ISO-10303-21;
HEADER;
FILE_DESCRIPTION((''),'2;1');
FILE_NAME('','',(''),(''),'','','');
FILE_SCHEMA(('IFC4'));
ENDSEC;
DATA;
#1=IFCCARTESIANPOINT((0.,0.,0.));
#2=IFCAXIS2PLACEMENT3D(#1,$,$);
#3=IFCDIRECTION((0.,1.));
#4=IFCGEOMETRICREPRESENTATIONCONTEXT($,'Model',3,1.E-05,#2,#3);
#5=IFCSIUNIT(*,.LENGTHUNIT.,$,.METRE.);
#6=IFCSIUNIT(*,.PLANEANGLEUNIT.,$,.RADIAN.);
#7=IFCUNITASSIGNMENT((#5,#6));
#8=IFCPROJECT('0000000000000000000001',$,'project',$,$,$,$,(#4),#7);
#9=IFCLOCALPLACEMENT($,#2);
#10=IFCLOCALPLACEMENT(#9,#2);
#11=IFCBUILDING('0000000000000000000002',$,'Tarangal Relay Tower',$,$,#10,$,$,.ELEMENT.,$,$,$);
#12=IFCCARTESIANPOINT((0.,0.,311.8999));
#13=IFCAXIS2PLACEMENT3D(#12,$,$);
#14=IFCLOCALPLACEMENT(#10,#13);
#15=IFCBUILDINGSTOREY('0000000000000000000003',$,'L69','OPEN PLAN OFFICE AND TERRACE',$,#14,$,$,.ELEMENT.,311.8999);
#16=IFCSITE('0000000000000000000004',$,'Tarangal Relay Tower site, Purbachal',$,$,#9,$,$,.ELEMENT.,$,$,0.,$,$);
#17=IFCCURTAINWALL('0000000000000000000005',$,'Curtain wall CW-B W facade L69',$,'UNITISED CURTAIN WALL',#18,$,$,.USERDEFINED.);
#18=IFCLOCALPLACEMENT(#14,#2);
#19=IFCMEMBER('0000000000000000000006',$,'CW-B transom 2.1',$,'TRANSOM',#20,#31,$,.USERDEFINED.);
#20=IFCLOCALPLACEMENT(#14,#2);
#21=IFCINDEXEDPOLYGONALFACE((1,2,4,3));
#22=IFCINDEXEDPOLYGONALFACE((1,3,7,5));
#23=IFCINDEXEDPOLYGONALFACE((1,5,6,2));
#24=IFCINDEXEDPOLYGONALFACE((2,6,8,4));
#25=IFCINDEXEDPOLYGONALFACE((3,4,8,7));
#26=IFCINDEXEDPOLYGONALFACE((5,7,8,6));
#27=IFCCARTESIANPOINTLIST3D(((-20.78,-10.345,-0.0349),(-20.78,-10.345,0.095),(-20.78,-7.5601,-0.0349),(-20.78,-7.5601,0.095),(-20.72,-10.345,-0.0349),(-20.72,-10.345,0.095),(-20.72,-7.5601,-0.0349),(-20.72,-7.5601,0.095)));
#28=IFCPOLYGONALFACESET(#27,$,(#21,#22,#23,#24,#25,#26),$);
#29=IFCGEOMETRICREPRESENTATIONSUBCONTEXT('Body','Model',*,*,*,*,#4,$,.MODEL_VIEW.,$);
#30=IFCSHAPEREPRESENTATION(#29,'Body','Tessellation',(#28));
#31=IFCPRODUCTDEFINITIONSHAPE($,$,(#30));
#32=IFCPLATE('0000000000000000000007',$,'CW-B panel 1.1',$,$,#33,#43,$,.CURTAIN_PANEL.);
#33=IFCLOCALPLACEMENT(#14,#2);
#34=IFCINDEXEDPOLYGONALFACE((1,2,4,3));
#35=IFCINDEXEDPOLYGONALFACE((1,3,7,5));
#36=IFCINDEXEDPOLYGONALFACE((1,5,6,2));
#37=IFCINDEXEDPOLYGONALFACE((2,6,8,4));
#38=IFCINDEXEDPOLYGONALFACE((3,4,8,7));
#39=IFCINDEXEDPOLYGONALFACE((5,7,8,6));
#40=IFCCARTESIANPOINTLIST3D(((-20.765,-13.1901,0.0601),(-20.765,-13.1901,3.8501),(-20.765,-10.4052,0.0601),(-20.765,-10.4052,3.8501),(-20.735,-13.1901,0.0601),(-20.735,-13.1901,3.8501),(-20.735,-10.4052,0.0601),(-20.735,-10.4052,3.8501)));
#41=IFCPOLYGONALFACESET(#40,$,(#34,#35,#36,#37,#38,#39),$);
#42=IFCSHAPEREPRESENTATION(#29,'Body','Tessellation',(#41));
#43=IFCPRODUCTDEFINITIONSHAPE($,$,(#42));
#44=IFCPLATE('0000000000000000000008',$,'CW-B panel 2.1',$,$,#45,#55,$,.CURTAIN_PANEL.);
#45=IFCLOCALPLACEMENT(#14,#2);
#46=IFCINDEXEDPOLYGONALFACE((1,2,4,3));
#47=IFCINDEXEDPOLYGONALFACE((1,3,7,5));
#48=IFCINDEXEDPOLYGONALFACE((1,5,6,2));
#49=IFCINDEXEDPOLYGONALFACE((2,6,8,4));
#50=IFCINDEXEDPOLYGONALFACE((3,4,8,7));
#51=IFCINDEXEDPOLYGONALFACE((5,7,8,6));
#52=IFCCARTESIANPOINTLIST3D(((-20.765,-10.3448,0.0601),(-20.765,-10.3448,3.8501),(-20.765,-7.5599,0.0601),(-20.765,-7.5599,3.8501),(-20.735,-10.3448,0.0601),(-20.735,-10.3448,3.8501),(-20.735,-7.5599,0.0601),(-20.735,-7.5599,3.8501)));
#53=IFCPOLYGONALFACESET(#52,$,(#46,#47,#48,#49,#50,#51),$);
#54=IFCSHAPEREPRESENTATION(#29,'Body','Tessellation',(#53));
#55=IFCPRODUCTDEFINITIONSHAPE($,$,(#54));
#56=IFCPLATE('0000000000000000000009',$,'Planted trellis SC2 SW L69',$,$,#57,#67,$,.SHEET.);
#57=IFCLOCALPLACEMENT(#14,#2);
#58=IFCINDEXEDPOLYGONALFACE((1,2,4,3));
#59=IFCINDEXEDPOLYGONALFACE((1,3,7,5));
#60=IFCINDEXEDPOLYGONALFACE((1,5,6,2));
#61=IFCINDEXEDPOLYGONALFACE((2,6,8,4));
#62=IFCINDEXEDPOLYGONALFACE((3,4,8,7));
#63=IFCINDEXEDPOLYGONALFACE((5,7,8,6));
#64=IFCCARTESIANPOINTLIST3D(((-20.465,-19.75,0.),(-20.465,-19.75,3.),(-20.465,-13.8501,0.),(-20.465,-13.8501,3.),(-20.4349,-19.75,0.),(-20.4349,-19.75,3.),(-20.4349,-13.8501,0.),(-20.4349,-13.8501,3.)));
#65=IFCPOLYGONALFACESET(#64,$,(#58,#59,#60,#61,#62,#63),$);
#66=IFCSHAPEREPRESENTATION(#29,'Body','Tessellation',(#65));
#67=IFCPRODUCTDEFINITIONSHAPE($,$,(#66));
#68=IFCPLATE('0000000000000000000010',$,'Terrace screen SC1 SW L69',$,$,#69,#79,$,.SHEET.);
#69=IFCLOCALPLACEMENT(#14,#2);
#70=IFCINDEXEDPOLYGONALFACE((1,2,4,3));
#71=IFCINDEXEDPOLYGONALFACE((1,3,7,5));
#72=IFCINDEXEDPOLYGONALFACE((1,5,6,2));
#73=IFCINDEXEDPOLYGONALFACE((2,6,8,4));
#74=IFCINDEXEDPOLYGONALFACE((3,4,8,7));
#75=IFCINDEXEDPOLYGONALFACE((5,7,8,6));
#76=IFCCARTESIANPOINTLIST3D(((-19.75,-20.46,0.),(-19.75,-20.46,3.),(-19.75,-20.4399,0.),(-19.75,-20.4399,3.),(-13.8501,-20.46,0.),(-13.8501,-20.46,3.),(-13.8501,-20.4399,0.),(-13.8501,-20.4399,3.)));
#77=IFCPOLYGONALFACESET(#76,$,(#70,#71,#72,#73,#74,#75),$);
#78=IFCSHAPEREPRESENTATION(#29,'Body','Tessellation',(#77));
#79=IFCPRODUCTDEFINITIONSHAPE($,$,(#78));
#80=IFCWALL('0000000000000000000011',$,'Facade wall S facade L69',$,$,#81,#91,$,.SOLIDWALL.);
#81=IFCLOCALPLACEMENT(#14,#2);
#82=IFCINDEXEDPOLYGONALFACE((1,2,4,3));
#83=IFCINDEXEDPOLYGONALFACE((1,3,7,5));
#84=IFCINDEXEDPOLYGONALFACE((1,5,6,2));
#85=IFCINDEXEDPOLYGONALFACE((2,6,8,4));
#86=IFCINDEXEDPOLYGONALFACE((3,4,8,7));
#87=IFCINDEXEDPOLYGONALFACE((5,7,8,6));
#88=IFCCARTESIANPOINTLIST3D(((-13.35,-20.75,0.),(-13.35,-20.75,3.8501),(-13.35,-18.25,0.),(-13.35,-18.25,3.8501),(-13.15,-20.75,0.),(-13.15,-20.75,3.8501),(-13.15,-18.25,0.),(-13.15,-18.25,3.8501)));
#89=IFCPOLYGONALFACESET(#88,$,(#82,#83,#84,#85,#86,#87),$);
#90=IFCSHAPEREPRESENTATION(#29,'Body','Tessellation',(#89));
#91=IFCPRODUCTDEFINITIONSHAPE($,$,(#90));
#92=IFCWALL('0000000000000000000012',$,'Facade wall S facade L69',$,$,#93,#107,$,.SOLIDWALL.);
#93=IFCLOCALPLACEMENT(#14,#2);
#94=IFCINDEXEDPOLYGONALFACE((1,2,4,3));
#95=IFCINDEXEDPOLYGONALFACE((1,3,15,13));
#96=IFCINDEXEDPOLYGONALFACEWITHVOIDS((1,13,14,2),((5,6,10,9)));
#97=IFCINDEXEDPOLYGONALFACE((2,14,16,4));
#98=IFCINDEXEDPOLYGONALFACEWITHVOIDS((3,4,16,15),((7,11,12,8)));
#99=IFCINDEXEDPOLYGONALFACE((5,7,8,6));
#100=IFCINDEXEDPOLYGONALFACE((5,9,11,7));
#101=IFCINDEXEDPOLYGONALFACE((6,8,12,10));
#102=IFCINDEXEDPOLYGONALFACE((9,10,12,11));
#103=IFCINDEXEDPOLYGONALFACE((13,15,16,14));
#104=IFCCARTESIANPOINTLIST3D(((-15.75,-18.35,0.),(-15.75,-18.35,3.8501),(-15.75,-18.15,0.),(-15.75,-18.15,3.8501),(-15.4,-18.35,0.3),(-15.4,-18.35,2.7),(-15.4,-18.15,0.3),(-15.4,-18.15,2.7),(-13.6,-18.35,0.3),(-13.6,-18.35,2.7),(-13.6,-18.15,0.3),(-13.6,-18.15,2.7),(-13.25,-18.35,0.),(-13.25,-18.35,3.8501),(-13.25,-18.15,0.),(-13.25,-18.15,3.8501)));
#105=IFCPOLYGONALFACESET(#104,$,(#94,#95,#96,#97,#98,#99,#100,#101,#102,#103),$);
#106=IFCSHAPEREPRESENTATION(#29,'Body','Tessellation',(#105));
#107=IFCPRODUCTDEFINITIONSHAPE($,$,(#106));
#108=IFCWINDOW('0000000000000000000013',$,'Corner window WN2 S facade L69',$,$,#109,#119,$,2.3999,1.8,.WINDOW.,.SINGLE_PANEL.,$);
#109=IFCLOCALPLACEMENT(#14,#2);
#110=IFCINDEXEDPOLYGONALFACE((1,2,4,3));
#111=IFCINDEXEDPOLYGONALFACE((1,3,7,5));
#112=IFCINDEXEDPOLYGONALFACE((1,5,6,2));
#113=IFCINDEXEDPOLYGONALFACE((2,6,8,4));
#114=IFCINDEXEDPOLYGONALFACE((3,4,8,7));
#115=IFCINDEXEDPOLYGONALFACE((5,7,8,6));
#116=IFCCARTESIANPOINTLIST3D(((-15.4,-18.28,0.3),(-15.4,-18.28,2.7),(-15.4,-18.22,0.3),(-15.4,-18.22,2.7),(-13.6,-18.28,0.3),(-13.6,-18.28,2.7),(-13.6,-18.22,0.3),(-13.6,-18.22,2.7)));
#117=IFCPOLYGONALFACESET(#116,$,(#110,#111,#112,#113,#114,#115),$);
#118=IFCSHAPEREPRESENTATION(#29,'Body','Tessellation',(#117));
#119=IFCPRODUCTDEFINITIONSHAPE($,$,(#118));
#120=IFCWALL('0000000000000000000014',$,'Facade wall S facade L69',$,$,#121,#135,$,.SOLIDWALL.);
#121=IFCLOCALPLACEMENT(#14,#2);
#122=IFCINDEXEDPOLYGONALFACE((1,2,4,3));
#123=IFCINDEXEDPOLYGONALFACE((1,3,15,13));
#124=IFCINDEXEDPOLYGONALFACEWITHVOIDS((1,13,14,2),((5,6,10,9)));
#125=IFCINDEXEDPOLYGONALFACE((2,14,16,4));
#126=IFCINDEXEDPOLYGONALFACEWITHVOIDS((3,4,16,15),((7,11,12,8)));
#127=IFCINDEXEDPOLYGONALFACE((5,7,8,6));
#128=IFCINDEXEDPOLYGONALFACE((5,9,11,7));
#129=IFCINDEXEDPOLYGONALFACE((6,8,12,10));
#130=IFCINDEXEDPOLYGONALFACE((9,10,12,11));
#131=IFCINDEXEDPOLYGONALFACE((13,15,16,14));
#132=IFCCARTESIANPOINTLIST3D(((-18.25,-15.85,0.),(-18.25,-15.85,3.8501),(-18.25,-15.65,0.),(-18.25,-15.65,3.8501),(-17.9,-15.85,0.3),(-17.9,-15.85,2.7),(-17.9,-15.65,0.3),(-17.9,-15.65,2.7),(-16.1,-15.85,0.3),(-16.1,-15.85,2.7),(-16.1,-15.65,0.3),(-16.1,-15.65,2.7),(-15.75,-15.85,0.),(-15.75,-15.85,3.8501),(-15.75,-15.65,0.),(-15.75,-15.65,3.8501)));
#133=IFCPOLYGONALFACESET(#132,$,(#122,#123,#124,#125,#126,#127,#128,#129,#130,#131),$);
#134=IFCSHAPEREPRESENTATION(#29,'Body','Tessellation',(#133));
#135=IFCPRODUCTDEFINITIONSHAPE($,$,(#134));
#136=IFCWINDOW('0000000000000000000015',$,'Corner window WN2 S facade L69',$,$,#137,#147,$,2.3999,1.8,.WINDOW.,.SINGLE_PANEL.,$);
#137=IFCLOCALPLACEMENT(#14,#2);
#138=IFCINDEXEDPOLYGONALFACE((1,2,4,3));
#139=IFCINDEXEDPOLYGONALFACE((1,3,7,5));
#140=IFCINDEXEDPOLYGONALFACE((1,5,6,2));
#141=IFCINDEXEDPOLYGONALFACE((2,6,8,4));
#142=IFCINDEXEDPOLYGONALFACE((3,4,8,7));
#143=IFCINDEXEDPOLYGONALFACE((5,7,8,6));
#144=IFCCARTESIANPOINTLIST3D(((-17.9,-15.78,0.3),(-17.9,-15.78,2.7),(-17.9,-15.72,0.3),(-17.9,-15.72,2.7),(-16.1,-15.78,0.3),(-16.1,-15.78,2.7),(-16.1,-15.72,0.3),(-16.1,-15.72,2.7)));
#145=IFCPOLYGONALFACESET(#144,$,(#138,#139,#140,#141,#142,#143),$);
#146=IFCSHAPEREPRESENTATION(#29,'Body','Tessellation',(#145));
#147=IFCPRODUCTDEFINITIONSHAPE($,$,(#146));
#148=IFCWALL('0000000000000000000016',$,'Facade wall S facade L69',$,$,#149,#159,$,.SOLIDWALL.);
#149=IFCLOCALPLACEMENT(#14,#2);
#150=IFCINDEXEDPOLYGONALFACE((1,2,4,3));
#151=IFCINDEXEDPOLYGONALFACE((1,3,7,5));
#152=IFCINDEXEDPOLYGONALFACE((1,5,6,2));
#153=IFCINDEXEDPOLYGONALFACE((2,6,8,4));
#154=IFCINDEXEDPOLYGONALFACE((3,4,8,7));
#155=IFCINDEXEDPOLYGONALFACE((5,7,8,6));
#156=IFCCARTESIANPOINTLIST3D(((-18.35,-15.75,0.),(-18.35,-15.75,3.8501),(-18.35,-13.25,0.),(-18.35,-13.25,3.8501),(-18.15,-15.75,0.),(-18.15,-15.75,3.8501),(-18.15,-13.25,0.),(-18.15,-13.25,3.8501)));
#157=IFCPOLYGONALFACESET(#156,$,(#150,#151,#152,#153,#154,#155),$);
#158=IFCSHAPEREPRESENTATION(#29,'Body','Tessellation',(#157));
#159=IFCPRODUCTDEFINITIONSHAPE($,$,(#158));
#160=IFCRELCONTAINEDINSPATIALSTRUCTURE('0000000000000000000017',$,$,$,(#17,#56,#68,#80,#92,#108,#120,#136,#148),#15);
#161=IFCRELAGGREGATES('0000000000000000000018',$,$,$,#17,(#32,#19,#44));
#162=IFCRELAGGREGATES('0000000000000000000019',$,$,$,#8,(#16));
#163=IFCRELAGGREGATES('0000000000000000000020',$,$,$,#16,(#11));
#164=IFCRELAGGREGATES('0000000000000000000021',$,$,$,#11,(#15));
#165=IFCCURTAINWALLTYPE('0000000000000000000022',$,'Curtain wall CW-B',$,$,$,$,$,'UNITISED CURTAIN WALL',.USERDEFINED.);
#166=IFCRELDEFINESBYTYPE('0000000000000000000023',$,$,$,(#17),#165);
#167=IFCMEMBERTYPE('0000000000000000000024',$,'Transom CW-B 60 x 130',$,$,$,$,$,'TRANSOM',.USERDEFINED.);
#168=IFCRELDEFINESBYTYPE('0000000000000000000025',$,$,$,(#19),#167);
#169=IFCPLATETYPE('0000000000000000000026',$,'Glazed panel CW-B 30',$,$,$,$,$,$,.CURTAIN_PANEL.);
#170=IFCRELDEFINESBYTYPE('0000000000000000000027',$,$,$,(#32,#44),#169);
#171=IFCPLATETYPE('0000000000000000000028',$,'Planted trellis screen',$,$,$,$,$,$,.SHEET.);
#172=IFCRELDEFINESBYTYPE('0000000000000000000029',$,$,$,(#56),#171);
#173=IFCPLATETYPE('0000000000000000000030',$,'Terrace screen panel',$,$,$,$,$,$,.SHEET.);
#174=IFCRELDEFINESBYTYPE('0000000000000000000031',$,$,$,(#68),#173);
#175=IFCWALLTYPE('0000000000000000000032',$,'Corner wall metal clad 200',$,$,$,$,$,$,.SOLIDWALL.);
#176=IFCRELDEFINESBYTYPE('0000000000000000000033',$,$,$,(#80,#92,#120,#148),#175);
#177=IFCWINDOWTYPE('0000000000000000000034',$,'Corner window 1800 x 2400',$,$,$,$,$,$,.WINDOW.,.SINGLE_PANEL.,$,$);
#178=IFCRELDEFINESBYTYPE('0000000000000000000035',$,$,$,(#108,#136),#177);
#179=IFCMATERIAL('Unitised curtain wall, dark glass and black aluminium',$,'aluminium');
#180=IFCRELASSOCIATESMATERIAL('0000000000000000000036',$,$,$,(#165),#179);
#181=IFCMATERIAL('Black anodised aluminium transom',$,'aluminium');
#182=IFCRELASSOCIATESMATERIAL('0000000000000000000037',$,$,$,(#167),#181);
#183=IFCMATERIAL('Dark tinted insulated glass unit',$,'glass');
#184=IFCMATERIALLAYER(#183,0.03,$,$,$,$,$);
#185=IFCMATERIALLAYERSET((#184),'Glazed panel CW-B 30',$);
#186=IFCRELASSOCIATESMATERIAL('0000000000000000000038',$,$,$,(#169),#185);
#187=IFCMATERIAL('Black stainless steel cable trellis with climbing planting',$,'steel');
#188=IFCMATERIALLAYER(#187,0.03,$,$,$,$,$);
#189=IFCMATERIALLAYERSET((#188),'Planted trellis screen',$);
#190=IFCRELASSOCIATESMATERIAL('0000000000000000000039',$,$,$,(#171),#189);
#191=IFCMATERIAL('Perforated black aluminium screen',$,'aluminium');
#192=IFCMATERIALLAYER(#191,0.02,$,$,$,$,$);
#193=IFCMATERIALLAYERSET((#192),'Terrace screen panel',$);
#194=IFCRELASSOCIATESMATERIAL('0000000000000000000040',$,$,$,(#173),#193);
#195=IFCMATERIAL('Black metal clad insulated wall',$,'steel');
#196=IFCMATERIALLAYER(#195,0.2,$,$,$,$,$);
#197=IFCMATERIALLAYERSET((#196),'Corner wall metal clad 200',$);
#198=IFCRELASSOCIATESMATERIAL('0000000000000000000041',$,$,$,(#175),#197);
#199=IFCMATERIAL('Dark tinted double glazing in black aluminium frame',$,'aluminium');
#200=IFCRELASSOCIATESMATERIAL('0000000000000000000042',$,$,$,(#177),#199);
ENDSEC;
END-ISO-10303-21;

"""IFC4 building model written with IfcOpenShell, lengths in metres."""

from ifc_helpers import new_model, si_unit, direction, frame, frame_2d, origin, origin_2d, place, context, subcontext, project, spatial, rectangle, extrude, material, layer, layer_set, material_profile, profile_set, type_object, element, fill, aggregate, save


model = new_model("IFC4")

# Units and contexts
model_context = context("Model", 3, precision=1e-05, world=origin(), true_north=direction((0.0, 1.0)))
body_context = subcontext(model_context, "Body", "Model", "MODEL_VIEW")
ifc_project = project(units=[si_unit("LENGTHUNIT", "METRE"), si_unit("PLANEANGLEUNIT", "RADIAN")], contexts=[model_context])

# Site, building, storey
site_placement = place(None, origin())
site = spatial("IfcSite", under=ifc_project, at=site_placement, Name="Tarangal Relay Tower site, Purbachal", CompositionType="ELEMENT", RefElevation=0.0)
building_placement = place(site_placement, origin())
building = spatial("IfcBuilding", under=site, at=building_placement, Name="Tarangal Relay Tower", CompositionType="ELEMENT")
storey_placement = place(building_placement, frame((0.0, 0.0, 311.8999)))
storey = spatial("IfcBuildingStorey", under=building, at=storey_placement, Name="L69", Description="OPEN PLAN OFFICE AND TERRACE", CompositionType="ELEMENT", Elevation=311.8999)

# Shared definitions
ifc_material_1 = material(Name="Unitised curtain wall, dark glass and black aluminium", Category="aluminium")
curtain_wall_type = type_object("IfcCurtainWallType", Name="Curtain wall CW-B", ElementType="UNITISED CURTAIN WALL", PredefinedType="USERDEFINED", material=ifc_material_1)

# Curtain wall, member, plates
curtain_wall_1_placement = place(storey_placement, origin())
curtain_wall_1 = element("IfcCurtainWall", 1, at=curtain_wall_1_placement, inside=storey, type_object=curtain_wall_type, Name="Curtain wall CW-B W facade L69", ObjectType="UNITISED CURTAIN WALL", PredefinedType="USERDEFINED")
ifc_material_2 = material(Name="Black anodised aluminium transom", Category="aluminium")
ifc_material_profile_1 = material_profile(ifc_material_2, rectangle(XDim=0.0601, YDim=0.1299, at=origin_2d()), Name="CW-BT 60X130")
ifc_profile_set_1 = profile_set([ifc_material_profile_1], Name="Black anodised aluminium transom")
member_type_1 = type_object("IfcMemberType", Name="Transom CW-B 60 x 130", ElementType="TRANSOM", PredefinedType="USERDEFINED", material=ifc_profile_set_1)
member_1_placement = place(storey_placement, frame((-20.75, -10.345, 0.03), z_axis=(0.0, 1.0, 0.0), x_axis=(-1.0, 0.0, 0.0)))
member_1 = element("IfcMember", 2, at=member_1_placement, type_object=member_type_1, Name="CW-B transom 2.1", ObjectType="TRANSOM", PredefinedType="USERDEFINED", context=body_context, shape_type="SweptSolid", body=[
    extrude(rectangle(XDim=0.0601, YDim=0.1299, at=origin_2d()), origin(), (0.0, 0.0, 1.0), 2.7849),
])
ifc_material_3 = material(Name="Dark tinted insulated glass unit", Category="glass")
ifc_layer_1 = layer(ifc_material_3, 0.03)
ifc_layer_set_1 = layer_set([ifc_layer_1], Name="Glazed panel CW-B 30")
plate_type_1 = type_object("IfcPlateType", Name="Glazed panel CW-B 30", PredefinedType="CURTAIN_PANEL", material=ifc_layer_set_1)
plate_1_placement = place(storey_placement, frame((-20.75, -11.7976, 0.0601), z_axis=(0.0, 0.0, 1.0), x_axis=(0.0, 1.0, 0.0)))
plate_1 = element("IfcPlate", 3, at=plate_1_placement, type_object=plate_type_1, Name="CW-B panel 1.1", PredefinedType="CURTAIN_PANEL", context=body_context, shape_type="SweptSolid", body=[
    extrude(rectangle(XDim=2.7849, YDim=0.03, at=origin_2d()), origin(), (0.0, 0.0, 1.0), 3.79),
])
plate_2_placement = place(storey_placement, frame((-20.75, -8.9524, 0.0601), z_axis=(0.0, 0.0, 1.0), x_axis=(0.0, 1.0, 0.0)))
plate_2 = element("IfcPlate", 4, at=plate_2_placement, type_object=plate_type_1, Name="CW-B panel 2.1", PredefinedType="CURTAIN_PANEL", context=body_context, shape_type="SweptSolid", body=[
    extrude(rectangle(XDim=2.7849, YDim=0.03, at=origin_2d()), origin(), (0.0, 0.0, 1.0), 3.79),
])
aggregate(curtain_wall_1, [plate_1, member_1, plate_2])

# Plates
ifc_material_4 = material(Name="Black stainless steel cable trellis with climbing planting", Category="steel")
ifc_layer_2 = layer(ifc_material_4, 0.03)
ifc_layer_set_2 = layer_set([ifc_layer_2], Name="Planted trellis screen")
plate_type_2 = type_object("IfcPlateType", Name="Planted trellis screen", PredefinedType="SHEET", material=ifc_layer_set_2)
plate_3_placement = place(storey_placement, frame((-20.45, -16.8, 0.0), z_axis=(0.0, 0.0, 1.0), x_axis=(0.0, 1.0, 0.0)))
element("IfcPlate", 5, at=plate_3_placement, inside=storey, type_object=plate_type_2, Name="Planted trellis SC2 SW L69", PredefinedType="SHEET", context=body_context, shape_type="SweptSolid", body=[
    extrude(rectangle(XDim=5.8999, YDim=0.03, at=origin_2d()), origin(), (0.0, 0.0, 1.0), 3.0),
])
ifc_material_5 = material(Name="Perforated black aluminium screen", Category="aluminium")
ifc_layer_3 = layer(ifc_material_5, 0.02)
ifc_layer_set_3 = layer_set([ifc_layer_3], Name="Terrace screen panel")
plate_type_3 = type_object("IfcPlateType", Name="Terrace screen panel", PredefinedType="SHEET", material=ifc_layer_set_3)
plate_4_placement = place(storey_placement, frame((-16.8, -20.45, 0.0), z_axis=(0.0, 0.0, 1.0), x_axis=(-1.0, 0.0, 0.0)))
element("IfcPlate", 6, at=plate_4_placement, inside=storey, type_object=plate_type_3, Name="Terrace screen SC1 SW L69", PredefinedType="SHEET", context=body_context, shape_type="SweptSolid", body=[
    extrude(rectangle(XDim=5.8999, YDim=0.02, at=origin_2d()), origin(), (0.0, 0.0, 1.0), 3.0),
])

# Wall
ifc_material_6 = material(Name="Black metal clad insulated wall", Category="steel")
ifc_layer_4 = layer(ifc_material_6, 0.2)
ifc_layer_set_4 = layer_set([ifc_layer_4], Name="Corner wall metal clad 200")
wall_type_1 = type_object("IfcWallType", Name="Corner wall metal clad 200", PredefinedType="SOLIDWALL", material=ifc_layer_set_4)
wall_1_placement = place(storey_placement, frame((-13.25, -20.75, 0.0), z_axis=(0.0, 0.0, 1.0), x_axis=(0.0, 1.0, 0.0)))
element("IfcWall", 7, at=wall_1_placement, inside=storey, type_object=wall_type_1, Name="Facade wall S facade L69", PredefinedType="SOLIDWALL", context=body_context, shape_type="SweptSolid", body=[
    extrude(rectangle(XDim=2.5, YDim=0.2, at=frame_2d((1.25, 0.0))), origin(), (0.0, 0.0, 1.0), 3.8501),
])

# Wall, opening, window
wall_2_placement = place(storey_placement, frame((-13.25, -18.25, 0.0), z_axis=(0.0, 0.0, 1.0), x_axis=(-1.0, 0.0, 0.0)))
wall_2 = element("IfcWall", 8, at=wall_2_placement, inside=storey, type_object=wall_type_1, Name="Facade wall S facade L69", PredefinedType="SOLIDWALL", context=body_context, shape_type="SweptSolid", body=[
    extrude(rectangle(XDim=2.5, YDim=0.2, at=frame_2d((1.25, 0.0))), origin(), (0.0, 0.0, 1.0), 3.8501),
])
opening_1_placement = place(wall_2_placement, frame((0.3501, 0.0, 0.3)))
opening_1 = element("IfcOpeningElement", 9, at=opening_1_placement, cuts=wall_2, PredefinedType="OPENING", context=body_context, shape_type="SweptSolid", body=[
    extrude(rectangle(XDim=1.8, YDim=2.3999, at=frame_2d((0.8999, 1.2))), frame((0.0, 0.1099, 0.0), z_axis=(0.0, -1.0, 0.0), x_axis=(1.0, 0.0, 0.0)), (0.0, 0.0, 1.0), 0.22),
])
ifc_material_7 = material(Name="Dark tinted double glazing in black aluminium frame", Category="aluminium")
window_type = type_object("IfcWindowType", Name="Corner window 1800 x 2400", PartitioningType="SINGLE_PANEL", PredefinedType="WINDOW", material=ifc_material_7)
window_1_placement = place(opening_1_placement, origin())
window_1 = element("IfcWindow", 10, at=window_1_placement, inside=storey, type_object=window_type, Name="Corner window WN2 S facade L69", OverallHeight=2.3999, OverallWidth=1.8, PartitioningType="SINGLE_PANEL", PredefinedType="WINDOW", context=body_context, shape_type="SweptSolid", body=[
    extrude(rectangle(XDim=1.8, YDim=2.3999, at=frame_2d((0.8999, 1.2))), frame((0.0, 0.03, 0.0), z_axis=(0.0, -1.0, 0.0), x_axis=(1.0, 0.0, 0.0)), (0.0, 0.0, 1.0), 0.0601),
])
fill(opening_1, window_1)

# Wall, opening, window
wall_3_placement = place(storey_placement, frame((-15.75, -15.75, 0.0), z_axis=(0.0, 0.0, 1.0), x_axis=(-1.0, 0.0, 0.0)))
wall_3 = element("IfcWall", 11, at=wall_3_placement, inside=storey, type_object=wall_type_1, Name="Facade wall S facade L69", PredefinedType="SOLIDWALL", context=body_context, shape_type="SweptSolid", body=[
    extrude(rectangle(XDim=2.5, YDim=0.2, at=frame_2d((1.25, 0.0))), origin(), (0.0, 0.0, 1.0), 3.8501),
])
opening_2_placement = place(wall_3_placement, frame((0.3501, 0.0, 0.3)))
opening_2 = element("IfcOpeningElement", 12, at=opening_2_placement, cuts=wall_3, PredefinedType="OPENING", context=body_context, shape_type="SweptSolid", body=[
    extrude(rectangle(XDim=1.8, YDim=2.3999, at=frame_2d((0.8999, 1.2))), frame((0.0, 0.1099, 0.0), z_axis=(0.0, -1.0, 0.0), x_axis=(1.0, 0.0, 0.0)), (0.0, 0.0, 1.0), 0.22),
])
window_2_placement = place(opening_2_placement, origin())
window_2 = element("IfcWindow", 13, at=window_2_placement, inside=storey, type_object=window_type, Name="Corner window WN2 S facade L69", OverallHeight=2.3999, OverallWidth=1.8, PartitioningType="SINGLE_PANEL", PredefinedType="WINDOW", context=body_context, shape_type="SweptSolid", body=[
    extrude(rectangle(XDim=1.8, YDim=2.3999, at=frame_2d((0.8999, 1.2))), frame((0.0, 0.03, 0.0), z_axis=(0.0, -1.0, 0.0), x_axis=(1.0, 0.0, 0.0)), (0.0, 0.0, 1.0), 0.0601),
])
fill(opening_2, window_2)

# Wall
wall_4_placement = place(storey_placement, frame((-18.25, -15.75, 0.0), z_axis=(0.0, 0.0, 1.0), x_axis=(0.0, 1.0, 0.0)))
element("IfcWall", 14, at=wall_4_placement, inside=storey, type_object=wall_type_1, Name="Facade wall S facade L69", PredefinedType="SOLIDWALL", context=body_context, shape_type="SweptSolid", body=[
    extrude(rectangle(XDim=2.5, YDim=0.2, at=frame_2d((1.25, 0.0))), origin(), (0.0, 0.0, 1.0), 3.8501),
])

save(model, "model.ifc")
